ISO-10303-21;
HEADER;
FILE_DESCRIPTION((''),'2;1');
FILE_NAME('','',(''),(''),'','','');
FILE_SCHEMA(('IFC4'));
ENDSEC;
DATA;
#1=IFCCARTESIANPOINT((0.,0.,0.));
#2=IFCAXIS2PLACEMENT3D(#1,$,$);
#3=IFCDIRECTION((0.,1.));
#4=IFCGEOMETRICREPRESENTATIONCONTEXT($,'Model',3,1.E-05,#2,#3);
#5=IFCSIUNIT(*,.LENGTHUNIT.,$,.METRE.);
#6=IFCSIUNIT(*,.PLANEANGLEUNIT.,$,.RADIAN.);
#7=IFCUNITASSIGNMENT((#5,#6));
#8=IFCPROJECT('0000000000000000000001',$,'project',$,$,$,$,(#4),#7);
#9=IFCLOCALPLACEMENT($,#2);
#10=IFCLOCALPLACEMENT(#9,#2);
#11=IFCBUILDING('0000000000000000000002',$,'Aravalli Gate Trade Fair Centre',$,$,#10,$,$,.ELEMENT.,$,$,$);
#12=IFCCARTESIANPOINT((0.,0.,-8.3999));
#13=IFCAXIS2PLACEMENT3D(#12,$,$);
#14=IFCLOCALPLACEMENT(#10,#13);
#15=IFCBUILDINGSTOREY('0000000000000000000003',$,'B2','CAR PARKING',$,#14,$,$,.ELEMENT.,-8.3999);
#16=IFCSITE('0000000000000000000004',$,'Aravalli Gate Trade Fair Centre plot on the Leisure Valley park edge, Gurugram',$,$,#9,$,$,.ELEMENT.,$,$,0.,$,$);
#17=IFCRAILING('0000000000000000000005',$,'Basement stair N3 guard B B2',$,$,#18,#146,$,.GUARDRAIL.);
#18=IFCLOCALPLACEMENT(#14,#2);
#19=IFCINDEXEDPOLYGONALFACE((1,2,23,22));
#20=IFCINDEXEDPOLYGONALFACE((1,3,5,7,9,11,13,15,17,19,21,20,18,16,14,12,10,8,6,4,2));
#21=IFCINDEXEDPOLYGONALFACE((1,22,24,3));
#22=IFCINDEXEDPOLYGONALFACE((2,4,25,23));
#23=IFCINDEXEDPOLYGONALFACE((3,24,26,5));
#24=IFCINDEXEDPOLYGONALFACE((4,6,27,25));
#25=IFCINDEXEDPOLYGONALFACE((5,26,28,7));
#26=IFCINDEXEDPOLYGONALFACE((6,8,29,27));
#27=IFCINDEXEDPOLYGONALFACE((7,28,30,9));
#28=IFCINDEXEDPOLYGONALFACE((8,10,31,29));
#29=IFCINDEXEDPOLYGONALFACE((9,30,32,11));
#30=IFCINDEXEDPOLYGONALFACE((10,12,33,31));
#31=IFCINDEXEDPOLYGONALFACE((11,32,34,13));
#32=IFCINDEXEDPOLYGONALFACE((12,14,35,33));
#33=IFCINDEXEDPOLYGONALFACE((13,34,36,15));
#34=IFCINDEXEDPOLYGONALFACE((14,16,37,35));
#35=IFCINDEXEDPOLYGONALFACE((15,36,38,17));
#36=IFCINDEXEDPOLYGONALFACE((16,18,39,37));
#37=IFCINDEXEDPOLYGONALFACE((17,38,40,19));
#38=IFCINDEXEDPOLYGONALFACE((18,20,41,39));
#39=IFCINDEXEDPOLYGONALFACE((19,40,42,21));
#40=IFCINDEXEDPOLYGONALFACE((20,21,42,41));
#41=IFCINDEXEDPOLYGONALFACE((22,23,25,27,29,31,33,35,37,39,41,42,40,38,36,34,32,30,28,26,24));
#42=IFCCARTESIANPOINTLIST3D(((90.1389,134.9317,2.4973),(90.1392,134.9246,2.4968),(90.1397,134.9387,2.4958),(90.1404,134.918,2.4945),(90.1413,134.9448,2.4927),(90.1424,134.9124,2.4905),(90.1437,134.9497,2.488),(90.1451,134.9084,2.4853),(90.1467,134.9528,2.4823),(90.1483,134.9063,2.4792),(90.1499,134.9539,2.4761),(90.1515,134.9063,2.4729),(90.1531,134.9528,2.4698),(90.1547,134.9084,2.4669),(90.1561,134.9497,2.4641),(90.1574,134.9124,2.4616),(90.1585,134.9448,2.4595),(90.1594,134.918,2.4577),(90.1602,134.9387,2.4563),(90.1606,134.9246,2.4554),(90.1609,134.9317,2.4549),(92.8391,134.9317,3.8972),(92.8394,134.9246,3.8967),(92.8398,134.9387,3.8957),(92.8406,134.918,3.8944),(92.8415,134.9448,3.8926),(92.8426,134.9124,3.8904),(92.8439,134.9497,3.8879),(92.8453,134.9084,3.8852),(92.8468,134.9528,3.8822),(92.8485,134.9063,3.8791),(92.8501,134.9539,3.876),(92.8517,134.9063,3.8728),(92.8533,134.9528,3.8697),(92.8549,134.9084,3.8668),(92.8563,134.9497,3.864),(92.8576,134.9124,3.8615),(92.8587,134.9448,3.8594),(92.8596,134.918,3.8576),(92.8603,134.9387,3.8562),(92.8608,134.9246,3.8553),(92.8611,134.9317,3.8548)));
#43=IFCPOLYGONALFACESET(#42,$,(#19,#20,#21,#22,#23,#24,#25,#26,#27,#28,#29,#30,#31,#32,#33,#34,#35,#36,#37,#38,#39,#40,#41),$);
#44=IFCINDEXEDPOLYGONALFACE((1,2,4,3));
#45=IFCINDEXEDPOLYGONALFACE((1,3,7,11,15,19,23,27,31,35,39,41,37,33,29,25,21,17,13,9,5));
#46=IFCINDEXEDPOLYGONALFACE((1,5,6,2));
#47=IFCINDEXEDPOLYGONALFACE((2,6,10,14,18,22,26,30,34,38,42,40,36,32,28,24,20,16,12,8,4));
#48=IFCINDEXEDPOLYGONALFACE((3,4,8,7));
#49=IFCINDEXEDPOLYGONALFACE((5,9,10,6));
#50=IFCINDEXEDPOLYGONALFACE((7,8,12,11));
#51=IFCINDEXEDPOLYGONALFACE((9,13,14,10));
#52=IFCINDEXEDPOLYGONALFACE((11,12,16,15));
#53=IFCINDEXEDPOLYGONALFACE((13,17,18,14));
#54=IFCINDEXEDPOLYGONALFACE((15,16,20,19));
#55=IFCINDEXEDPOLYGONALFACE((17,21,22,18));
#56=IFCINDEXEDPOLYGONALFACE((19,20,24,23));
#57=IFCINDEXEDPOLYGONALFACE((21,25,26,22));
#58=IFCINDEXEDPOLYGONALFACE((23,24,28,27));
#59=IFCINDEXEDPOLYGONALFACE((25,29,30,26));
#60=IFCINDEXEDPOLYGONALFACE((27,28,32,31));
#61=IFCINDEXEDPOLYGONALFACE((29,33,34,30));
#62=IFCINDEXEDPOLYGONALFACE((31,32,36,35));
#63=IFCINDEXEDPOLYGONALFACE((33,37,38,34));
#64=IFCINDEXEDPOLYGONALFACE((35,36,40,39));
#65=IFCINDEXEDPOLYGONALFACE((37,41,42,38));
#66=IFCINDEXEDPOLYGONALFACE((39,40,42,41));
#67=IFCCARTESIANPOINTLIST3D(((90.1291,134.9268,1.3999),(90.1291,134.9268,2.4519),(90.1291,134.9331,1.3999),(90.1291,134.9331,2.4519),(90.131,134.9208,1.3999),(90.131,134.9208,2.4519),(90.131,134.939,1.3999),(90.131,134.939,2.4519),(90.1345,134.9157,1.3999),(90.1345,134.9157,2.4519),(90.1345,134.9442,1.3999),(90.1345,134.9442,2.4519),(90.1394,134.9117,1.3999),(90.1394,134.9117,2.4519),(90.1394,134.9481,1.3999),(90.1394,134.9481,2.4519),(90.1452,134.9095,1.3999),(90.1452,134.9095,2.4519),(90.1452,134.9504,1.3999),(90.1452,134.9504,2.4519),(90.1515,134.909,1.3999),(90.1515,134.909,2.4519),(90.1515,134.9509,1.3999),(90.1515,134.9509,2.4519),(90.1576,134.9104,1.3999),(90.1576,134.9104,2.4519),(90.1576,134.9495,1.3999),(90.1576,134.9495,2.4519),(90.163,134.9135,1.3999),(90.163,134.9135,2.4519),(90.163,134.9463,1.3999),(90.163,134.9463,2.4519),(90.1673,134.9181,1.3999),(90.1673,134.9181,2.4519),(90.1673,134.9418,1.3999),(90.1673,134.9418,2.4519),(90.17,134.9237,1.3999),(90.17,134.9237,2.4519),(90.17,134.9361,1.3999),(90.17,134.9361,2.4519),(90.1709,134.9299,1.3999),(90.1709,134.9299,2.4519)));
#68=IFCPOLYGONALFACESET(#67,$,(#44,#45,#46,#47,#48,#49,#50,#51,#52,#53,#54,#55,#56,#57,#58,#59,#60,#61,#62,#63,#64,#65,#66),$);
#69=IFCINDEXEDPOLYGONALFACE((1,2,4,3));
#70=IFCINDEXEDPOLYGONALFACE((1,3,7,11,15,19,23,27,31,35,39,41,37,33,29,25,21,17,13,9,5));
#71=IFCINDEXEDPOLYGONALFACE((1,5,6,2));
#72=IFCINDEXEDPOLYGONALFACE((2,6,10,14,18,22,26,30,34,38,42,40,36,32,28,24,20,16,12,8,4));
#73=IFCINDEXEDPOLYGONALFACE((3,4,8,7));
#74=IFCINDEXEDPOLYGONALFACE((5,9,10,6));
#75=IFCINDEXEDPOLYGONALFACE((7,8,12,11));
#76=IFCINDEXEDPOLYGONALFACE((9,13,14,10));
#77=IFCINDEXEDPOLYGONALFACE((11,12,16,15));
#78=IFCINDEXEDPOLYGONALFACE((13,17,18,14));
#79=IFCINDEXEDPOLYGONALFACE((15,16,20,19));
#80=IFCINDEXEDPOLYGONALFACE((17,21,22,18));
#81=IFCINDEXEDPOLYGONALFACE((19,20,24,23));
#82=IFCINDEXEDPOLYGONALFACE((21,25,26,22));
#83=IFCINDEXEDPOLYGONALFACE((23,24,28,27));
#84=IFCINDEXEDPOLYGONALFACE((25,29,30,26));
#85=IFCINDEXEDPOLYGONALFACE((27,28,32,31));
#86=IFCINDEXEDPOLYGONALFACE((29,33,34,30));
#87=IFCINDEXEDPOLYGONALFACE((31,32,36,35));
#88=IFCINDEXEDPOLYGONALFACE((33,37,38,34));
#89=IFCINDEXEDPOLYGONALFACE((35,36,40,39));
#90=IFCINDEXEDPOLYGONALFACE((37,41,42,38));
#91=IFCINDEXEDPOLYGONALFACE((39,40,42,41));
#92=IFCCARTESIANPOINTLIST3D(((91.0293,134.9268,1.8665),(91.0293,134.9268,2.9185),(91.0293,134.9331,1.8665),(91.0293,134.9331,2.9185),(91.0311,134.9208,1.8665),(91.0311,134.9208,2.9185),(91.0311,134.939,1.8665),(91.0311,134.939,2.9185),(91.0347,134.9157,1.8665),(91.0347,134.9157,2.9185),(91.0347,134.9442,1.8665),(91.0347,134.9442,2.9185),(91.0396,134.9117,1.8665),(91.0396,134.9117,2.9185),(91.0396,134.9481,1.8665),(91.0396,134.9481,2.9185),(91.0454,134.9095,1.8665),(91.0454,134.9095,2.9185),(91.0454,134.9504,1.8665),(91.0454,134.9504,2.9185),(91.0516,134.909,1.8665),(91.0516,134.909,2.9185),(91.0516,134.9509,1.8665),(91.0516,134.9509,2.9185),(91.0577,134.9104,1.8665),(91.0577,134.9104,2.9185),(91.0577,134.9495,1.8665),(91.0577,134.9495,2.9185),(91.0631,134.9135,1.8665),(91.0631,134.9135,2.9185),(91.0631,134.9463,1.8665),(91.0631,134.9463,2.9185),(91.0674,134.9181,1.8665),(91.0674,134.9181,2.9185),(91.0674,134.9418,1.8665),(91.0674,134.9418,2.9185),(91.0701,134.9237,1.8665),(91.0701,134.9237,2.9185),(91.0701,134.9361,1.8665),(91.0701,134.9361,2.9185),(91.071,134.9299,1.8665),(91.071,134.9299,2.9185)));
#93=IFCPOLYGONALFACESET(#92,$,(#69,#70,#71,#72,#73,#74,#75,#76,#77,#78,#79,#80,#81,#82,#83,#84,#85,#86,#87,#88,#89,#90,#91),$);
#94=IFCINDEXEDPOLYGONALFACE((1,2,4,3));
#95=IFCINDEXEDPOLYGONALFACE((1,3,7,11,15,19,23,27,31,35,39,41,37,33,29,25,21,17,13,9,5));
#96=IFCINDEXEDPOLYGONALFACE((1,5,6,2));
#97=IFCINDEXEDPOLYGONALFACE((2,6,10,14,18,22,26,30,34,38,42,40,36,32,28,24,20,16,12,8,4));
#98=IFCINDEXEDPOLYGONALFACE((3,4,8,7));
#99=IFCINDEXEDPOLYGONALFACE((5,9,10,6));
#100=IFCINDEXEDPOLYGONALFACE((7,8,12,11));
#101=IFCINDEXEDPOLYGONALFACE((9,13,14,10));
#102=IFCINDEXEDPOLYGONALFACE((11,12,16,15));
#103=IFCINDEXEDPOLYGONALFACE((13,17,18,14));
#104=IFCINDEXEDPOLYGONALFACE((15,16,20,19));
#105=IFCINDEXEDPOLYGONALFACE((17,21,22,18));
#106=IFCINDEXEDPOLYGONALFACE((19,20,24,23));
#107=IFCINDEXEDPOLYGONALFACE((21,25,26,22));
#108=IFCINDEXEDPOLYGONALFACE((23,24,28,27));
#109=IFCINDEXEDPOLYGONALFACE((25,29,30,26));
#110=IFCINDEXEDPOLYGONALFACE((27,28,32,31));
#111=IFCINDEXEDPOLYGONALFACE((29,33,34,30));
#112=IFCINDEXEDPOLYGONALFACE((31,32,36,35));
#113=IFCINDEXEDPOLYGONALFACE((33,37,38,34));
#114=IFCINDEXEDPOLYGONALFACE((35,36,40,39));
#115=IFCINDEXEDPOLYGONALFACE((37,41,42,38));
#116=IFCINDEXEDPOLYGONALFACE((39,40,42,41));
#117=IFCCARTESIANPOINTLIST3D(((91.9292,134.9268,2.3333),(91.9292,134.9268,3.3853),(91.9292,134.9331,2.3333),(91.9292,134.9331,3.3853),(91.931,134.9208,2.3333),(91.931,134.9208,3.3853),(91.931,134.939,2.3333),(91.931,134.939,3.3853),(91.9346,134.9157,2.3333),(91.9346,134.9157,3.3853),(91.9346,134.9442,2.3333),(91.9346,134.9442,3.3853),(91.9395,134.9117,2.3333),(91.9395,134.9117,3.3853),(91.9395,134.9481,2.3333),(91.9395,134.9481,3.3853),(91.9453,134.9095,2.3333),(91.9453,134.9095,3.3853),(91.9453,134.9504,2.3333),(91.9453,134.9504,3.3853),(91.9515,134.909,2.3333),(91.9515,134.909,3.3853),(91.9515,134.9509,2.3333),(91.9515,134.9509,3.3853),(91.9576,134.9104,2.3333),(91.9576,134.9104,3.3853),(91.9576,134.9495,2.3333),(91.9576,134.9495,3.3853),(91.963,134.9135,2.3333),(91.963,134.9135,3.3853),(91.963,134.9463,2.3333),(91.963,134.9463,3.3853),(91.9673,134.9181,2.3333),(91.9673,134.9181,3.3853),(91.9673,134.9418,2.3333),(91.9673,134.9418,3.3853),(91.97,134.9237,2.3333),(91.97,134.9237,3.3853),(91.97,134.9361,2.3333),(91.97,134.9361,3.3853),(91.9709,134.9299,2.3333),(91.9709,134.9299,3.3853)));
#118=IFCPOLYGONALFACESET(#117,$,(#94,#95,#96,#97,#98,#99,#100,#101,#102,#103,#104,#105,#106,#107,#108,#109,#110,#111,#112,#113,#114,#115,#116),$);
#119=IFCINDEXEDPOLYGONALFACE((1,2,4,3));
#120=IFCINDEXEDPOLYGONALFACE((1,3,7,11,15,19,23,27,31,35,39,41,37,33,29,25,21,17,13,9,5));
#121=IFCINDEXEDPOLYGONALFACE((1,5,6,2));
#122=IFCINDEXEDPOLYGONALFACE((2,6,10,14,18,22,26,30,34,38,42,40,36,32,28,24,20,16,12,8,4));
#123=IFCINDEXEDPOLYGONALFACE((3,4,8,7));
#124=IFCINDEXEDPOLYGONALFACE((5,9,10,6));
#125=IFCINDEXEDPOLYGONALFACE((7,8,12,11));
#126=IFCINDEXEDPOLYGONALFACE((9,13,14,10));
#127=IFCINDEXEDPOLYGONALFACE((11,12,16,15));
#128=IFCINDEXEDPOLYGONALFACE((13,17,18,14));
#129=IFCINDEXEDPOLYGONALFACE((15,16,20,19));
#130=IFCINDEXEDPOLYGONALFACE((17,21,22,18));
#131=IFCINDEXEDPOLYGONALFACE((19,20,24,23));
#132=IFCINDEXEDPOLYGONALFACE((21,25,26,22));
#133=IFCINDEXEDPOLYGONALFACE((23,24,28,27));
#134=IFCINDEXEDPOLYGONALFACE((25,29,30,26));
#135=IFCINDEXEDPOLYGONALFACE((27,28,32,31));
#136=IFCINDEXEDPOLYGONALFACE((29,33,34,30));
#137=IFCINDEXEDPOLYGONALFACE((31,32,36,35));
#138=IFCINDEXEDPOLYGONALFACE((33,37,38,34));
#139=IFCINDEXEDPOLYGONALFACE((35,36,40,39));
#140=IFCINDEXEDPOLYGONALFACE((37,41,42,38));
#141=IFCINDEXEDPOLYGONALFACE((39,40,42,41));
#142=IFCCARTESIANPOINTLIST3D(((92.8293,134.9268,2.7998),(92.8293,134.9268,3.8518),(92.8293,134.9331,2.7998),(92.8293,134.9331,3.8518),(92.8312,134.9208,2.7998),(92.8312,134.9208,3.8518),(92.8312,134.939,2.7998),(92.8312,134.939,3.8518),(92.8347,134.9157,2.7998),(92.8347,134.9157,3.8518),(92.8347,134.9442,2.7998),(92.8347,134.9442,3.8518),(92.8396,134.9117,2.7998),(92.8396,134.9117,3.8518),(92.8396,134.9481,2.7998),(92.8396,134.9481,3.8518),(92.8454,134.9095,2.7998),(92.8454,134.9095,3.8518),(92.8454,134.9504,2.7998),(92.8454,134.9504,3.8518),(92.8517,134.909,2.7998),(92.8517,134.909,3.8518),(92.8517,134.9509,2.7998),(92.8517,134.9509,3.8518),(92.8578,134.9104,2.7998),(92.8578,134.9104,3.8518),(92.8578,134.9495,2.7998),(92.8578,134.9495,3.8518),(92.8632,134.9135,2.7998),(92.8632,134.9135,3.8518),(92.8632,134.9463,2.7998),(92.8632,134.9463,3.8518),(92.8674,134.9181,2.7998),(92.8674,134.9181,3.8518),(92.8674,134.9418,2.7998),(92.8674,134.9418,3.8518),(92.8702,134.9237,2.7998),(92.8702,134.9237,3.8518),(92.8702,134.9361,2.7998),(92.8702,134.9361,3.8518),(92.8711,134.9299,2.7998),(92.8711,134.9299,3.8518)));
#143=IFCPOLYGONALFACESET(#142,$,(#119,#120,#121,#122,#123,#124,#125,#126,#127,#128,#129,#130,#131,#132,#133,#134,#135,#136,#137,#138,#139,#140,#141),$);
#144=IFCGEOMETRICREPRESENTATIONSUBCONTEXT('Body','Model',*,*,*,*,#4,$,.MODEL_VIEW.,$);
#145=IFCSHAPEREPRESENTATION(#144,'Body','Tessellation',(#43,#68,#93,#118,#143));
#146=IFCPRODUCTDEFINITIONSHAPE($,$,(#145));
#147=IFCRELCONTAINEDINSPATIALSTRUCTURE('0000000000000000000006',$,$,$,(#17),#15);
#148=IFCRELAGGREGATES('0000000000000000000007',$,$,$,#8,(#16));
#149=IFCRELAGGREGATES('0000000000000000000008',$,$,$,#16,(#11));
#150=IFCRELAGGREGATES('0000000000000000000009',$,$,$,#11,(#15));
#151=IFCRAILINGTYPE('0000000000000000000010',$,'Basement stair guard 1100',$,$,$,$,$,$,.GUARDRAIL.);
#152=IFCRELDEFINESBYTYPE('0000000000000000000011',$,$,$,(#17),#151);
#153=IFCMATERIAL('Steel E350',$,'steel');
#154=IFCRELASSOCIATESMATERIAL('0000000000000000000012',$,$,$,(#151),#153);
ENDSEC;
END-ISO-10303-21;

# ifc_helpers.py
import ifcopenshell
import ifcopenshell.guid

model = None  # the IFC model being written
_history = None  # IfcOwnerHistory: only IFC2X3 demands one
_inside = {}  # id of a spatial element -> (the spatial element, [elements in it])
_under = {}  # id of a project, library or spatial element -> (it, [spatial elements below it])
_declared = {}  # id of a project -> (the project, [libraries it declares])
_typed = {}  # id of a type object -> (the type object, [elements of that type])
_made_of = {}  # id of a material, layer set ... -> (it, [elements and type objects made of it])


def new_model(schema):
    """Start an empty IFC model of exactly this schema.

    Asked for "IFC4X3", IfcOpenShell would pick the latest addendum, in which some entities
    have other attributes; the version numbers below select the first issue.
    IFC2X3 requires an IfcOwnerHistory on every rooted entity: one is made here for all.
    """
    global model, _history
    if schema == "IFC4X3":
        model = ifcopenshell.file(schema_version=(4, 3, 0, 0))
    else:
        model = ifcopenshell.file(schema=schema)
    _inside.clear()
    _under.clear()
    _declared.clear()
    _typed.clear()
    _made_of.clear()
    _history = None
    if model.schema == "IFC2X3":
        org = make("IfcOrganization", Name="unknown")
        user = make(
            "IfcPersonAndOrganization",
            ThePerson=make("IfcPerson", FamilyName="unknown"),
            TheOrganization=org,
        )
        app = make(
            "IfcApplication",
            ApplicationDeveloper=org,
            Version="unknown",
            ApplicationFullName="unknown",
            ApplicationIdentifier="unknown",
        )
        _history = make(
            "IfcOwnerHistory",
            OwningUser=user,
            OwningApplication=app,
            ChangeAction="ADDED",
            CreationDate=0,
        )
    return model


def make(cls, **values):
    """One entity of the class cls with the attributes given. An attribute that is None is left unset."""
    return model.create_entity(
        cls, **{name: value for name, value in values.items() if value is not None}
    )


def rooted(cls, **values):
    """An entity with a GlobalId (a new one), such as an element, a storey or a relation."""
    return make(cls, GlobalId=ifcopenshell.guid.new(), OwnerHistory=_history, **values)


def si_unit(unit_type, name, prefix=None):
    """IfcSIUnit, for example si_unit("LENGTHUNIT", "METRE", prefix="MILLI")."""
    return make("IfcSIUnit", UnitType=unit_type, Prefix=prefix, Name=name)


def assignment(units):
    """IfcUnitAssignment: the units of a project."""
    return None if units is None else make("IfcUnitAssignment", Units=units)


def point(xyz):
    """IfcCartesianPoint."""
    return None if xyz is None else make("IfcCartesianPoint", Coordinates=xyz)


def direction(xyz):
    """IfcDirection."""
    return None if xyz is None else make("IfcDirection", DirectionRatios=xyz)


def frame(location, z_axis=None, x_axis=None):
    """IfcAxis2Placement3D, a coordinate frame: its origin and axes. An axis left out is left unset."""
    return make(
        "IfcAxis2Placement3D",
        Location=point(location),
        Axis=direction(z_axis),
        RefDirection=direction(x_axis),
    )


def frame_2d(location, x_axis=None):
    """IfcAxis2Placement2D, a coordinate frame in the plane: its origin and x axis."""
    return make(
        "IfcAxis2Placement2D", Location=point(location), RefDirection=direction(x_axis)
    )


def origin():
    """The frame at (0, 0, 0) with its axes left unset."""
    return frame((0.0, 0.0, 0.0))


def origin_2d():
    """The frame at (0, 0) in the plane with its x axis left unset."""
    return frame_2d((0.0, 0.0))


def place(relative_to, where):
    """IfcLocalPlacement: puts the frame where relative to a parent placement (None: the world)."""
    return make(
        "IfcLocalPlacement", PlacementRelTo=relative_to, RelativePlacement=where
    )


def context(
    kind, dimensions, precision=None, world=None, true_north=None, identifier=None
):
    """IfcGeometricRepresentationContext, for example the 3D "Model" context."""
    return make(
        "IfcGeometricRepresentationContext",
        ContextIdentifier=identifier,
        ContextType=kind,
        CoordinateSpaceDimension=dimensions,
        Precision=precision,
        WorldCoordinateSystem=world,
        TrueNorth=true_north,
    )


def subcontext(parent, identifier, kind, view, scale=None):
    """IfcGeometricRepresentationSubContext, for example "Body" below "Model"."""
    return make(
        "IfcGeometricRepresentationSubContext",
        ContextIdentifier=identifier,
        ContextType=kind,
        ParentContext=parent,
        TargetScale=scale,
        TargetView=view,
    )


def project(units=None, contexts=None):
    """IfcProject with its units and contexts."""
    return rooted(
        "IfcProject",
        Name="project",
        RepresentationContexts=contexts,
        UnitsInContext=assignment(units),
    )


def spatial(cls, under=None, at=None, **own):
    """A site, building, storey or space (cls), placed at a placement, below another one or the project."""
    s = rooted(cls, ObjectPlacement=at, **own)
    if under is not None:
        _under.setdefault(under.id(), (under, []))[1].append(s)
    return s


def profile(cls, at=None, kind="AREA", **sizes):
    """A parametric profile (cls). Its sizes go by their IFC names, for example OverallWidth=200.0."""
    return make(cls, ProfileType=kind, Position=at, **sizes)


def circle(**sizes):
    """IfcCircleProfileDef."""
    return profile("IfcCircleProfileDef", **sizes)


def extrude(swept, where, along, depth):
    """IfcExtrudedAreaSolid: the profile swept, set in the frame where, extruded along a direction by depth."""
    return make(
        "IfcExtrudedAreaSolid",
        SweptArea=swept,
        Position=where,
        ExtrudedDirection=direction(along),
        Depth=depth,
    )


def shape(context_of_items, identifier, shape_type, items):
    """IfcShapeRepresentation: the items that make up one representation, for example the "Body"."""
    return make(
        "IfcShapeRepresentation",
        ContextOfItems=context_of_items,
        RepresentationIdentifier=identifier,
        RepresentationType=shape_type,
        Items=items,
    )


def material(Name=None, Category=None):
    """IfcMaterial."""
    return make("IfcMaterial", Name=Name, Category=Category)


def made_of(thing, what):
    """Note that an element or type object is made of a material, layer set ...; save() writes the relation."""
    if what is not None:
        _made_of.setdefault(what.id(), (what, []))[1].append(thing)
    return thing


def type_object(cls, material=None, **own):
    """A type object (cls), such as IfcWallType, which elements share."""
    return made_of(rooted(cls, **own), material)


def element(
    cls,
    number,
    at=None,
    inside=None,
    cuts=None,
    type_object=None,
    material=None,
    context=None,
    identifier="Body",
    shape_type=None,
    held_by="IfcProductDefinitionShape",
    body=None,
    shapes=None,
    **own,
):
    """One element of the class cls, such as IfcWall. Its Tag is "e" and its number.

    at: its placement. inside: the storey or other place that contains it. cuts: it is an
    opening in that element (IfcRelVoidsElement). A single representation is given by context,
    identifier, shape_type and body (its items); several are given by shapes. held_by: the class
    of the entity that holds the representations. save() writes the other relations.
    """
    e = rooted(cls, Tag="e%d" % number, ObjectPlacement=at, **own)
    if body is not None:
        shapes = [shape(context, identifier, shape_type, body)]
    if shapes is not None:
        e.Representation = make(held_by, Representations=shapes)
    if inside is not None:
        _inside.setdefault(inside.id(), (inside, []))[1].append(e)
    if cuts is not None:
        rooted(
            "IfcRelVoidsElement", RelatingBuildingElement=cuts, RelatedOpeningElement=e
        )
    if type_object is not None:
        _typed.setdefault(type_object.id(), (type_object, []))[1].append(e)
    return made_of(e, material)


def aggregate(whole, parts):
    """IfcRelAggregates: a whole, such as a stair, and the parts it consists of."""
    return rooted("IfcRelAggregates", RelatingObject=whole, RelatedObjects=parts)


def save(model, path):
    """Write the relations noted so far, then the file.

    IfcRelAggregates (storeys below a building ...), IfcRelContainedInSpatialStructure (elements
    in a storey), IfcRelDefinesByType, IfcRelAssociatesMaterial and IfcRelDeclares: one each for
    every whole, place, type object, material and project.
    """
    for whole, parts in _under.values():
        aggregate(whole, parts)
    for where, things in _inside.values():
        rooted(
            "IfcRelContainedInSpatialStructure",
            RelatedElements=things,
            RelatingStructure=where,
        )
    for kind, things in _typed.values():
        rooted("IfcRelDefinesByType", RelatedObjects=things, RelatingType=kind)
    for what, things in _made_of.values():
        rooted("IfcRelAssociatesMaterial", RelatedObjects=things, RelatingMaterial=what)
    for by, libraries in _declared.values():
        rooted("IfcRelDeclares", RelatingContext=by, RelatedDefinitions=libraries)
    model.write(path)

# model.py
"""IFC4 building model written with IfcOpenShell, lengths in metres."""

from ifc_helpers import new_model, si_unit, direction, frame, origin, origin_2d, place, context, subcontext, project, spatial, circle, extrude, material, type_object, element, save


model = new_model("IFC4")

# Units and contexts
model_context = context("Model", 3, precision=1e-05, world=origin(), true_north=direction((0.0, 1.0)))
body_context = subcontext(model_context, "Body", "Model", "MODEL_VIEW")
ifc_project = project(units=[si_unit("LENGTHUNIT", "METRE"), si_unit("PLANEANGLEUNIT", "RADIAN")], contexts=[model_context])

# Site, building, storey
site_placement = place(None, origin())
site = spatial("IfcSite", under=ifc_project, at=site_placement, Name="Aravalli Gate Trade Fair Centre plot on the Leisure Valley park edge, Gurugram", CompositionType="ELEMENT", RefElevation=0.0)
building_placement = place(site_placement, origin())
building = spatial("IfcBuilding", under=site, at=building_placement, Name="Aravalli Gate Trade Fair Centre", CompositionType="ELEMENT")
storey_placement = place(building_placement, frame((0.0, 0.0, -8.3999)))
storey = spatial("IfcBuildingStorey", under=building, at=storey_placement, Name="B2", Description="CAR PARKING", CompositionType="ELEMENT", Elevation=-8.3999)

# Railing
ifc_material_1 = material(Name="Steel E350", Category="steel")
railing_type_1 = type_object("IfcRailingType", Name="Basement stair guard 1100", PredefinedType="GUARDRAIL", material=ifc_material_1)
railing_1_placement = place(storey_placement, frame((90.1499, 134.9299, 1.3999)))
element("IfcRailing", 1, at=railing_1_placement, inside=storey, type_object=railing_type_1, Name="Basement stair N3 guard B B2", PredefinedType="GUARDRAIL", context=body_context, shape_type="SweptSolid", body=[
    extrude(circle(Radius=0.0239, at=origin_2d()), frame((0.0, 0.0, 1.0762), z_axis=(0.887781, 0.0, 0.460266), x_axis=(0.0, 1.0, 0.0)), (0.0, 0.0, 1.0), 3.0415),
    extrude(circle(Radius=0.021, at=origin_2d()), origin(), (0.0, 0.0, 1.0), 1.052),
    extrude(circle(Radius=0.021, at=origin_2d()), frame((0.9001, 0.0, 0.4666)), (0.0, 0.0, 1.0), 1.052),
    extrude(circle(Radius=0.021, at=origin_2d()), frame((1.8, 0.0, 0.9333)), (0.0, 0.0, 1.0), 1.052),
    extrude(circle(Radius=0.021, at=origin_2d()), frame((2.7002, 0.0, 1.3999)), (0.0, 0.0, 1.0), 1.052),
])

save(model, "model.ifc")
